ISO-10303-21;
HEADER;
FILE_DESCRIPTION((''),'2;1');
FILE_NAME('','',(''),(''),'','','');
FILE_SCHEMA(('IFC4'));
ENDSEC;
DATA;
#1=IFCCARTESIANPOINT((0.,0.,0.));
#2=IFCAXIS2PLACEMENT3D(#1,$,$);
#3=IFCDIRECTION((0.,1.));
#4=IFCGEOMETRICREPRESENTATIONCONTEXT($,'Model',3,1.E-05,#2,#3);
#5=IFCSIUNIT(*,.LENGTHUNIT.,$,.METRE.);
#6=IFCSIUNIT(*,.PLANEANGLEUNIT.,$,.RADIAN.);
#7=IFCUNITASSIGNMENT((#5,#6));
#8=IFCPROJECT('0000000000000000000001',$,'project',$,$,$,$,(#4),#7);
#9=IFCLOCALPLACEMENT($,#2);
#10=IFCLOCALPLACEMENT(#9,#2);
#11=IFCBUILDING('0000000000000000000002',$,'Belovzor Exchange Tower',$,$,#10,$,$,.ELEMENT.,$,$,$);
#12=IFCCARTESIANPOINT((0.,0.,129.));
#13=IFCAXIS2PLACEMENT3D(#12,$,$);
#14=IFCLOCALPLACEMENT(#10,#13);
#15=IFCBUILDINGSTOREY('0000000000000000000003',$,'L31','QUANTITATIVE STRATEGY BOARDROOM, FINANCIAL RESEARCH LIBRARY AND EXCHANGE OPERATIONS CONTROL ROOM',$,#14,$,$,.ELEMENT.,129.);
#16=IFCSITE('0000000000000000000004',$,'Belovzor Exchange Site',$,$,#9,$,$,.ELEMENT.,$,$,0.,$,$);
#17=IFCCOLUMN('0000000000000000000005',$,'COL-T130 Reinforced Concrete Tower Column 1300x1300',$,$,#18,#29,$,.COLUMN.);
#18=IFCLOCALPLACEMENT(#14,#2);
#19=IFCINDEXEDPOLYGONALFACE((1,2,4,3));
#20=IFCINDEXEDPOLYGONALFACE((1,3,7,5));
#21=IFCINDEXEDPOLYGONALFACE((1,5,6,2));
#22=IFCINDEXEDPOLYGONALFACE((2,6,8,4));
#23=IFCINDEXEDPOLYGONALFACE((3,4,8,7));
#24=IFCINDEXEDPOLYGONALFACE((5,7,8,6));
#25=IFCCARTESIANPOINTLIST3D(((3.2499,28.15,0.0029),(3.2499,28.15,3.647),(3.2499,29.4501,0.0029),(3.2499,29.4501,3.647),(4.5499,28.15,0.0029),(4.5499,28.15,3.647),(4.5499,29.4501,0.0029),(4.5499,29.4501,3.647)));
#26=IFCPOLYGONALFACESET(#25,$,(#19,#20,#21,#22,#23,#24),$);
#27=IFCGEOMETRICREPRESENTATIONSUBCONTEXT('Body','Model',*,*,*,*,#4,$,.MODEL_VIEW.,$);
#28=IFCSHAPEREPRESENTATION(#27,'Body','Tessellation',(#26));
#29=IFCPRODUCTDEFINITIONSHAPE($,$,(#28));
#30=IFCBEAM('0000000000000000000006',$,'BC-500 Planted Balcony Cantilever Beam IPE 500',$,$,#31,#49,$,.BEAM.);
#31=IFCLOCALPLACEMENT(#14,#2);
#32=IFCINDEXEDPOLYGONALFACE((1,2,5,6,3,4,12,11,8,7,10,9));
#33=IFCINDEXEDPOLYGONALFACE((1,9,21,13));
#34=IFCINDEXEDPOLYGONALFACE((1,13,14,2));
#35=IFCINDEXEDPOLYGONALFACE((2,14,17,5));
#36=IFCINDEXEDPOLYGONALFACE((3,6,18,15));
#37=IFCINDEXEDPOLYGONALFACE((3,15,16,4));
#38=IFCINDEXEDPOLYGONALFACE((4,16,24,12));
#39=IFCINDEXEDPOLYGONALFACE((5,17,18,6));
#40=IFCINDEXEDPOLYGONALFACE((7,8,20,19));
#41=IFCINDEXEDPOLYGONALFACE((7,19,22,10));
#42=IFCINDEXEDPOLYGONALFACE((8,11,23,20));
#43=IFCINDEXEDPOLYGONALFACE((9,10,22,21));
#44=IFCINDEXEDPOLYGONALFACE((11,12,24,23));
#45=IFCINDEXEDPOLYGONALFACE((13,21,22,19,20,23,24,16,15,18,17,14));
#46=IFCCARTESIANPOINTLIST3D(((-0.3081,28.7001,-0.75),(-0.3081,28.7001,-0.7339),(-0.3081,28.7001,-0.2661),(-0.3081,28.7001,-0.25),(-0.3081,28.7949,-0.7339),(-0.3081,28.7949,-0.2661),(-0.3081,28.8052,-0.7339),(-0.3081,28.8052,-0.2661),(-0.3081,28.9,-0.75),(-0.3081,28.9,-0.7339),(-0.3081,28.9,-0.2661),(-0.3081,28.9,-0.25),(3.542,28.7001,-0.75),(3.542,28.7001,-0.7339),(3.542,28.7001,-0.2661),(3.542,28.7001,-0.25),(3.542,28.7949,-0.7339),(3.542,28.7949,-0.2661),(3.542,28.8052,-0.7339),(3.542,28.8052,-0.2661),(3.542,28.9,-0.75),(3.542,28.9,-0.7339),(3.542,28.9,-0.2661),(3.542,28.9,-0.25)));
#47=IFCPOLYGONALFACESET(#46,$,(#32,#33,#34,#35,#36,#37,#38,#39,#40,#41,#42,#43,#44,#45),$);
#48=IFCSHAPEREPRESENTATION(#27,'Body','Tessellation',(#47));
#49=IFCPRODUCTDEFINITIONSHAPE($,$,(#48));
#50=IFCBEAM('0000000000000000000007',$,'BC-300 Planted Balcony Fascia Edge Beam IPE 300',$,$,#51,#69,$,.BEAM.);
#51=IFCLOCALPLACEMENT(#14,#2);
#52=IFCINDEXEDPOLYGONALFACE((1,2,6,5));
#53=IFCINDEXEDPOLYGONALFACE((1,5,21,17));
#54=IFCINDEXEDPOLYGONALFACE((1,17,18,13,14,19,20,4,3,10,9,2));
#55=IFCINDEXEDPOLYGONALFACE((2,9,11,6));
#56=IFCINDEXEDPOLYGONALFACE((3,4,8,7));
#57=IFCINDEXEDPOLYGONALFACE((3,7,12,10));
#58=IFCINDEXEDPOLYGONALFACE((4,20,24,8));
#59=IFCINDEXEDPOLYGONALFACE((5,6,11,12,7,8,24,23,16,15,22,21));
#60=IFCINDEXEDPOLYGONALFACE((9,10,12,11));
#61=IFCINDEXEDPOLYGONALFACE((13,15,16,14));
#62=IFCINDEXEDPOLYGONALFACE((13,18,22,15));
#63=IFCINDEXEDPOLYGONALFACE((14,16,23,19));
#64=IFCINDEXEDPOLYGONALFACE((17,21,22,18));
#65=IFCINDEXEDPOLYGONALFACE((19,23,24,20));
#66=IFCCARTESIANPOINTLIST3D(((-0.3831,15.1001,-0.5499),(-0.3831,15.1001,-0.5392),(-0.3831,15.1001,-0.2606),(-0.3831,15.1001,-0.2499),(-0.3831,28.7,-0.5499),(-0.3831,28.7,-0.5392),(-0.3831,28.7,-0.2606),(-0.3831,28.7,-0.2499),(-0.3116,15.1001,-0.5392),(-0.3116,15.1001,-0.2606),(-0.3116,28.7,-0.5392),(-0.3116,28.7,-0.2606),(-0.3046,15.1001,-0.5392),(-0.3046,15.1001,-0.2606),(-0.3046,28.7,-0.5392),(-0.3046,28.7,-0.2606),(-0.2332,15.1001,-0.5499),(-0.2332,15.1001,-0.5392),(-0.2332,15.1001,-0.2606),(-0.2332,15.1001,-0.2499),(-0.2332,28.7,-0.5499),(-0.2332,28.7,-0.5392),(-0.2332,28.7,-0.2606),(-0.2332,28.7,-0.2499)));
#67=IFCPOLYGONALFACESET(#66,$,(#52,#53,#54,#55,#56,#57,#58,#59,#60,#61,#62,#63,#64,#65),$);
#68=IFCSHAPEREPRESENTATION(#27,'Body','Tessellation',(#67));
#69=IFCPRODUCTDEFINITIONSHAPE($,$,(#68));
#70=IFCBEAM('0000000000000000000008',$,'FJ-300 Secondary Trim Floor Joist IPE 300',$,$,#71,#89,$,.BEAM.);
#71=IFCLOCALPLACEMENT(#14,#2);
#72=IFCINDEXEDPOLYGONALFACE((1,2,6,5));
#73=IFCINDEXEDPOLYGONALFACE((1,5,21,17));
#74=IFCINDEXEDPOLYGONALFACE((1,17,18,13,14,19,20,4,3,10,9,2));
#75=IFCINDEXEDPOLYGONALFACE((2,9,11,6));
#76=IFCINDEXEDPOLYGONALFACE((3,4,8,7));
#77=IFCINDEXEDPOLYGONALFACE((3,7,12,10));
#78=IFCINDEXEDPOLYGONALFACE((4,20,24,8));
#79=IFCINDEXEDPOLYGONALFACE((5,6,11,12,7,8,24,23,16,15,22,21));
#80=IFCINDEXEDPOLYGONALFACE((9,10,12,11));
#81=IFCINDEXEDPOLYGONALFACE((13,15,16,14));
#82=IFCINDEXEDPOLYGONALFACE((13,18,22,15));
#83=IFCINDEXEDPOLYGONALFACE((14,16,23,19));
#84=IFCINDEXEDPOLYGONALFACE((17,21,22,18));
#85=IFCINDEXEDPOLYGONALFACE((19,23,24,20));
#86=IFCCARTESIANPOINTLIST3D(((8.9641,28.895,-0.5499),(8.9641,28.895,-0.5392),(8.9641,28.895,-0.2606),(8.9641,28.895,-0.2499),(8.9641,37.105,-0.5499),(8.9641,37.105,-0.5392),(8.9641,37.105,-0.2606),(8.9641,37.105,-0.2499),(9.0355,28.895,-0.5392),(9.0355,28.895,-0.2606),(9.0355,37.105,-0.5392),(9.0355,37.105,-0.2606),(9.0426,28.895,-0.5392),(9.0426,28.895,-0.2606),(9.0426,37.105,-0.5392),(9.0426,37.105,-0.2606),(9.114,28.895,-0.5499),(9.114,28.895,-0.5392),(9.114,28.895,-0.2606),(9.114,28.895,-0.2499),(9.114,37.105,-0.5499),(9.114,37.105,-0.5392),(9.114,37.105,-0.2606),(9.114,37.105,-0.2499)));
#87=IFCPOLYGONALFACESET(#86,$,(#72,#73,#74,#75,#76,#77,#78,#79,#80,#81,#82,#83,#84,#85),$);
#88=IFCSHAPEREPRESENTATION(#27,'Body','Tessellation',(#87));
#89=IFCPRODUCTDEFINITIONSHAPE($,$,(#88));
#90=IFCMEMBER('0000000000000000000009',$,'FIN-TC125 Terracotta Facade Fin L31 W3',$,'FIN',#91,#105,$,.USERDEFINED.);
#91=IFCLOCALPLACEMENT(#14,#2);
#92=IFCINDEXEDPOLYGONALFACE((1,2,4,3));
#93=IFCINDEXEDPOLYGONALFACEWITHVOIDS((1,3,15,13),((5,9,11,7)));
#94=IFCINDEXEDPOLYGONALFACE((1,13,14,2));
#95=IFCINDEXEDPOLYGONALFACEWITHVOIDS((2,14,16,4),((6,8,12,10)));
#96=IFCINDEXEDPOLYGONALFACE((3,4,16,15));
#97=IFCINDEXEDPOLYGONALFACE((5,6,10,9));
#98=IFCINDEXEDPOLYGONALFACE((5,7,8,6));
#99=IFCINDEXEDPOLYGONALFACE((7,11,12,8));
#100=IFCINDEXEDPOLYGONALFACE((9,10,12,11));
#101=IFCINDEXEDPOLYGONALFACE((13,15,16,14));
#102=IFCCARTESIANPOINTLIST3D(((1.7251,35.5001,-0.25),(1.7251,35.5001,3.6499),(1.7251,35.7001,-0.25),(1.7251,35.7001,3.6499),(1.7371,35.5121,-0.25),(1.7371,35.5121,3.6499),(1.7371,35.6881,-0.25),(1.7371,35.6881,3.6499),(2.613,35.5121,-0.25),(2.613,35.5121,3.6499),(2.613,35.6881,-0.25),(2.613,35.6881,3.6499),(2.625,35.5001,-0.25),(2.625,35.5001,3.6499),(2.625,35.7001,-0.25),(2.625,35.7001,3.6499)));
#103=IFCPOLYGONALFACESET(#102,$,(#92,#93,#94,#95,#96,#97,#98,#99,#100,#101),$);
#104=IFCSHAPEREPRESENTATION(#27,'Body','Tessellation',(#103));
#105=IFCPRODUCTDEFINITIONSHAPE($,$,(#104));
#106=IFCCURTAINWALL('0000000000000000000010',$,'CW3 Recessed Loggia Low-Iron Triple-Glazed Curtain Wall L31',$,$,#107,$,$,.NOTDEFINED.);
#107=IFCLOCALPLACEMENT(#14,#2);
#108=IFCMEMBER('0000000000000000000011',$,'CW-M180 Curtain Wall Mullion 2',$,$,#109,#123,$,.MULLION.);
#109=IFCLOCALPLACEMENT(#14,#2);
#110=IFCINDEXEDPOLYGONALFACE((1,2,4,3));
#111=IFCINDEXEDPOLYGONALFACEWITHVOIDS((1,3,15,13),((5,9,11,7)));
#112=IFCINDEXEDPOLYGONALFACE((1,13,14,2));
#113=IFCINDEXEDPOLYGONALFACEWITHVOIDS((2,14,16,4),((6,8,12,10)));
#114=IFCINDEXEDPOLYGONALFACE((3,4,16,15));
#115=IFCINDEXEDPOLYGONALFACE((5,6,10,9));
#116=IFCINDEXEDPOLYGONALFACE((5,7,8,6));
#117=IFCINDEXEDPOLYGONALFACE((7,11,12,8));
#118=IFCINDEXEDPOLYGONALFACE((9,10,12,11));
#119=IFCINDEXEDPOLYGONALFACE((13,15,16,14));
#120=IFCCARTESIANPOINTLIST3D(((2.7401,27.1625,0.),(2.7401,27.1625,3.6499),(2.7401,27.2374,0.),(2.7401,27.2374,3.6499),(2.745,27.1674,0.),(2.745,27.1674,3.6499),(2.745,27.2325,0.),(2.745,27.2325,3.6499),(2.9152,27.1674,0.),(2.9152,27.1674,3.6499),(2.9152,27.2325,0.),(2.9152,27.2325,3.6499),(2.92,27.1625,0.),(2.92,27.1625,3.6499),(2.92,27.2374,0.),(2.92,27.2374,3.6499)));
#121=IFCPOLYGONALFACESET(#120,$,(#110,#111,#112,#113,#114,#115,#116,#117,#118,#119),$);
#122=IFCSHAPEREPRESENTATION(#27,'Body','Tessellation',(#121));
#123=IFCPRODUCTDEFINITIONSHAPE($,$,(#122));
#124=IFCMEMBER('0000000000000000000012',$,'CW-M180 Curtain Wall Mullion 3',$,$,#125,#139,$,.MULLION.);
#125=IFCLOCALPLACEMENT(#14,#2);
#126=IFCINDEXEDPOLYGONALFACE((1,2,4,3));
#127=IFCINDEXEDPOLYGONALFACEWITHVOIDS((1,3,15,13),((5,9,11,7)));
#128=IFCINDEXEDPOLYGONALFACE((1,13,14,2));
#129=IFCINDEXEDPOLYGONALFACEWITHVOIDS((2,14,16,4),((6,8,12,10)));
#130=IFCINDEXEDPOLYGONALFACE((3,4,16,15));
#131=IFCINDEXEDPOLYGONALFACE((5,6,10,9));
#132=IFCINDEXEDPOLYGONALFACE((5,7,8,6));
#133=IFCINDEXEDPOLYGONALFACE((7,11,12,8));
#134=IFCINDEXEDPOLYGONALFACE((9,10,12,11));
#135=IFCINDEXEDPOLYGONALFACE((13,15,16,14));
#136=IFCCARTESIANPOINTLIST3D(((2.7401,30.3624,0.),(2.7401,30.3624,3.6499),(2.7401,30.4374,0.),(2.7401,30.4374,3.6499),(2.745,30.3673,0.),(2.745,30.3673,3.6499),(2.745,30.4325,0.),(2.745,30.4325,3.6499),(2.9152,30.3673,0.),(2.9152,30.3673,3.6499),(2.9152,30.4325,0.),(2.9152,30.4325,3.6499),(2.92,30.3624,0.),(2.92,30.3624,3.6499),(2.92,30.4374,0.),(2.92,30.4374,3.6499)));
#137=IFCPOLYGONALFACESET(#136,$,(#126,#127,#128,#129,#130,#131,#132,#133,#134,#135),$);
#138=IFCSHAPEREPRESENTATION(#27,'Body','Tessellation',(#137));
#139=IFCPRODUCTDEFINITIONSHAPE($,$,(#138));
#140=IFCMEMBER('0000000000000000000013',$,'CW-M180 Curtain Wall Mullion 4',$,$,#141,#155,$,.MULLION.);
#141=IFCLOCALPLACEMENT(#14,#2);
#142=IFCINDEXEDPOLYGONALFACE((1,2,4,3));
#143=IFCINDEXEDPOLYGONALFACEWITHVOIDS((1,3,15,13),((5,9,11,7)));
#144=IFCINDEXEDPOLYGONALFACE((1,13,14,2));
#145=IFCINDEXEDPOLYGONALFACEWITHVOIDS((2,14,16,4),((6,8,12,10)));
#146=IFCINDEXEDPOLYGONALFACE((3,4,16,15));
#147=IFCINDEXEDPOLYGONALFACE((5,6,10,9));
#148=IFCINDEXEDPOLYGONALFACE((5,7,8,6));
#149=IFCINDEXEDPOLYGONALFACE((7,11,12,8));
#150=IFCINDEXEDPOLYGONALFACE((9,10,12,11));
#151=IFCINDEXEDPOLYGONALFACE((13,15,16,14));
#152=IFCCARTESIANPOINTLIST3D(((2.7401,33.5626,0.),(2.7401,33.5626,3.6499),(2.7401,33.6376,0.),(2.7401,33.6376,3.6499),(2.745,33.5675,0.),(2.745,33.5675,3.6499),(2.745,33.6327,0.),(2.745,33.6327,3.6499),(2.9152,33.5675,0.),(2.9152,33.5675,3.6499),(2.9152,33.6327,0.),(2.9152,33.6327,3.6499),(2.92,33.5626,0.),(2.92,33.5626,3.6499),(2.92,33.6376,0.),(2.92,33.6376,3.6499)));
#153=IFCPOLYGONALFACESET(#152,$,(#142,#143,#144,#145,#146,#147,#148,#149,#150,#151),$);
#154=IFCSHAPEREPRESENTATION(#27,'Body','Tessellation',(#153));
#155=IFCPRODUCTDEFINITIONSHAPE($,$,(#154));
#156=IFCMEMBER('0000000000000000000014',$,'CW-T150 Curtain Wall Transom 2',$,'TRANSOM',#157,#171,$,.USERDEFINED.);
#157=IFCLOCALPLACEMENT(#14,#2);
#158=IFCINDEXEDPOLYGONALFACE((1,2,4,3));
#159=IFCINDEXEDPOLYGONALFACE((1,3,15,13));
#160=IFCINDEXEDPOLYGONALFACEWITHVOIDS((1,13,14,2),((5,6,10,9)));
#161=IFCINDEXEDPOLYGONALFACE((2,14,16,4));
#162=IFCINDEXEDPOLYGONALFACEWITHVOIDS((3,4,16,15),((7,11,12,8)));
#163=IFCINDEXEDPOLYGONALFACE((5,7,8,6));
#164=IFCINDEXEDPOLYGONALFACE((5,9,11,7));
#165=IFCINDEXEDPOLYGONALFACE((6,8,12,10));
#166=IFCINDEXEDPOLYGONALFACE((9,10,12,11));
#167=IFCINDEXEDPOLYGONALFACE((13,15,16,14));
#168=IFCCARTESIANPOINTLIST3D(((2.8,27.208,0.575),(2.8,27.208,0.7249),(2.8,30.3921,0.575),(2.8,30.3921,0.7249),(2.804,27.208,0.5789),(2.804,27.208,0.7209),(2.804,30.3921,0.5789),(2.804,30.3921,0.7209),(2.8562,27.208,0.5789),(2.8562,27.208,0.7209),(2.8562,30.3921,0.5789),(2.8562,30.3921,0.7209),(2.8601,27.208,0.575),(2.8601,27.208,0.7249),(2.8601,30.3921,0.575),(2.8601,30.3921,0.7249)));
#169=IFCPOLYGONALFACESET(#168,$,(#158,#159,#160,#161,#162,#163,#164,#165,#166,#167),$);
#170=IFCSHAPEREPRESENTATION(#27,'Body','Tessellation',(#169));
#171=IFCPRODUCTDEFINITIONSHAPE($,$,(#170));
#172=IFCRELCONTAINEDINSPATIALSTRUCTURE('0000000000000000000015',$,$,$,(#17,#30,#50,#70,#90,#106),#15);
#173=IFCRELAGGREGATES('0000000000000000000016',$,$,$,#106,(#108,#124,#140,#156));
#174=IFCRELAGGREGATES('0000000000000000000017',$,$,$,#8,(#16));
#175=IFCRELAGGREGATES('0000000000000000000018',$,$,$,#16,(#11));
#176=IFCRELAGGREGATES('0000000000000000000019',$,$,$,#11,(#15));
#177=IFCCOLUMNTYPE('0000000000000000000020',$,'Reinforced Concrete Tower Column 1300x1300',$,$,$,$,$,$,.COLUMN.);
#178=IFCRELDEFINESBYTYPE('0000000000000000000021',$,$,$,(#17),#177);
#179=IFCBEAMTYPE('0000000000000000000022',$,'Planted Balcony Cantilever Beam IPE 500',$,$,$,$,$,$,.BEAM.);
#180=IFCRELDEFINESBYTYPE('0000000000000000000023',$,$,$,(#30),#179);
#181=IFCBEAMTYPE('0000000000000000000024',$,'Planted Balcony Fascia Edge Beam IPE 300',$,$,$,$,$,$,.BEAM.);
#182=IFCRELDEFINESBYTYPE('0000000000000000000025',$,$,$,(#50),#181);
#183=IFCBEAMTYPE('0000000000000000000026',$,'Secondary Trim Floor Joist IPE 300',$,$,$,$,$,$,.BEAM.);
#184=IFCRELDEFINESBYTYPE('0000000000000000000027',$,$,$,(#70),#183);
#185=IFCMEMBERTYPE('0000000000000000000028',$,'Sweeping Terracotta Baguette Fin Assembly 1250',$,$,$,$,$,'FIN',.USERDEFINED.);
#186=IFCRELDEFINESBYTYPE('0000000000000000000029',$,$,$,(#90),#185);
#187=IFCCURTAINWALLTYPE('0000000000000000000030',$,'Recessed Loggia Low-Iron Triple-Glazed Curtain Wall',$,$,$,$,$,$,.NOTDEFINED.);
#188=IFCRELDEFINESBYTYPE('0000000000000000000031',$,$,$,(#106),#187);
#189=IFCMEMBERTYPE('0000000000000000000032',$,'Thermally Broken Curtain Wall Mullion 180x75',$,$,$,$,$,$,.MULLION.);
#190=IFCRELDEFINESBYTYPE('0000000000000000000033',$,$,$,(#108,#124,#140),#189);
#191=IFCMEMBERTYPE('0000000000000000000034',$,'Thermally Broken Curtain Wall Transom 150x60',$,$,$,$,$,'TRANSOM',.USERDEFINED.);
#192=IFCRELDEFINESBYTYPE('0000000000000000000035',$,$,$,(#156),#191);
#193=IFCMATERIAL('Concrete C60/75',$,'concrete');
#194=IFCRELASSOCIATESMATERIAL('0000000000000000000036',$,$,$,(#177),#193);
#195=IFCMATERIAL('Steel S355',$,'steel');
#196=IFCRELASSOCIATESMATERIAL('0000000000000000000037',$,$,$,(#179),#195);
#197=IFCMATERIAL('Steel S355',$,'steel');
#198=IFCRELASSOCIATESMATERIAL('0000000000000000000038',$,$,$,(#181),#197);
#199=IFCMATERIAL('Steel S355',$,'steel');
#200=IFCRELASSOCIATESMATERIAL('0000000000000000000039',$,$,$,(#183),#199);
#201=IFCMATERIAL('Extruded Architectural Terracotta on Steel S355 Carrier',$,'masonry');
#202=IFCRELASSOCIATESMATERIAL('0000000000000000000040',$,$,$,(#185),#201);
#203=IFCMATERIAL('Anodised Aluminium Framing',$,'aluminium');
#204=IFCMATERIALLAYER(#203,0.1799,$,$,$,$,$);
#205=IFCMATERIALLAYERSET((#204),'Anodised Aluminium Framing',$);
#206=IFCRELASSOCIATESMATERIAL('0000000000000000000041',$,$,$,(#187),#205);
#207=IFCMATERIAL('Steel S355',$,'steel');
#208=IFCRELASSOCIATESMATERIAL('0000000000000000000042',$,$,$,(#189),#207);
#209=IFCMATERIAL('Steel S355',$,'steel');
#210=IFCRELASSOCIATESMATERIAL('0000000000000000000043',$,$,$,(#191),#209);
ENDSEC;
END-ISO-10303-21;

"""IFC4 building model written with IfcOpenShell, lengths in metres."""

from ifc_helpers import new_model, si_unit, direction, frame, origin, origin_2d, place, context, subcontext, project, spatial, rectangle, hollow_rectangle, i_section, extrude, material, layer, layer_set, material_profile, profile_set, type_object, element, aggregate, save


model = new_model("IFC4")

# Units and contexts
model_context = context("Model", 3, precision=1e-05, world=origin(), true_north=direction((0.0, 1.0)))
body_context = subcontext(model_context, "Body", "Model", "MODEL_VIEW")
ifc_project = project(units=[si_unit("LENGTHUNIT", "METRE"), si_unit("PLANEANGLEUNIT", "RADIAN")], contexts=[model_context])

# Site, building, storey
site_placement = place(None, origin())
site = spatial("IfcSite", under=ifc_project, at=site_placement, Name="Belovzor Exchange Site", CompositionType="ELEMENT", RefElevation=0.0)
building_placement = place(site_placement, origin())
building = spatial("IfcBuilding", under=site, at=building_placement, Name="Belovzor Exchange Tower", CompositionType="ELEMENT")
storey_placement = place(building_placement, frame((0.0, 0.0, 129.0)))
storey = spatial("IfcBuildingStorey", under=building, at=storey_placement, Name="L31", Description="QUANTITATIVE STRATEGY BOARDROOM, FINANCIAL RESEARCH LIBRARY AND EXCHANGE OPERATIONS CONTROL ROOM", CompositionType="ELEMENT", Elevation=129.0)

# Column
ifc_material_1 = material(Name="Concrete C60/75", Category="concrete")
ifc_material_profile_1 = material_profile(ifc_material_1, rectangle(XDim=1.3, YDim=1.3, at=origin_2d()))
ifc_profile_set_1 = profile_set([ifc_material_profile_1], Name="Concrete C60/75")
column_type = type_object("IfcColumnType", Name="Reinforced Concrete Tower Column 1300x1300", PredefinedType="COLUMN", material=ifc_profile_set_1)
column_placement = place(storey_placement, frame((3.8999, 28.8, 0.0029), z_axis=(0.0, 0.0, 1.0), x_axis=(1.0, 0.0, 0.0)))
element("IfcColumn", 1, at=column_placement, inside=storey, type_object=column_type, Name="COL-T130 Reinforced Concrete Tower Column 1300x1300", PredefinedType="COLUMN", context=body_context, shape_type="SweptSolid", body=[
    extrude(rectangle(XDim=1.3, YDim=1.3, at=origin_2d()), origin(), (0.0, 0.0, 1.0), 3.644),
])

# Beams
ifc_material_2 = material(Name="Steel S355", Category="steel")
ifc_material_profile_2 = material_profile(ifc_material_2, i_section(OverallWidth=0.2, OverallDepth=0.5, WebThickness=0.0103, FlangeThickness=0.0161, at=origin_2d()))
ifc_profile_set_2 = profile_set([ifc_material_profile_2], Name="Steel S355")
beam_type_1 = type_object("IfcBeamType", Name="Planted Balcony Cantilever Beam IPE 500", PredefinedType="BEAM", material=ifc_profile_set_2)
beam_1_placement = place(storey_placement, frame((3.542, 28.8, -0.5), z_axis=(-1.0, 0.0, 0.0), x_axis=(0.0, -1.0, 0.0)))
element("IfcBeam", 2, at=beam_1_placement, inside=storey, type_object=beam_type_1, Name="BC-500 Planted Balcony Cantilever Beam IPE 500", PredefinedType="BEAM", context=body_context, shape_type="SweptSolid", body=[
    extrude(i_section(OverallWidth=0.2, OverallDepth=0.5, WebThickness=0.0103, FlangeThickness=0.0161, at=origin_2d()), origin(), (0.0, 0.0, 1.0), 3.8501),
])
ifc_material_3 = material(Name="Steel S355", Category="steel")
ifc_material_profile_3 = material_profile(ifc_material_3, i_section(OverallWidth=0.1499, OverallDepth=0.3, WebThickness=0.0071, FlangeThickness=0.0107, at=origin_2d()))
ifc_profile_set_3 = profile_set([ifc_material_profile_3], Name="Steel S355")
beam_type_2 = type_object("IfcBeamType", Name="Planted Balcony Fascia Edge Beam IPE 300", PredefinedType="BEAM", material=ifc_profile_set_3)
beam_2_placement = place(storey_placement, frame((-0.3081, 28.7, -0.3999), z_axis=(0.0, -1.0, 0.0), x_axis=(1.0, 0.0, 0.0)))
element("IfcBeam", 3, at=beam_2_placement, inside=storey, type_object=beam_type_2, Name="BC-300 Planted Balcony Fascia Edge Beam IPE 300", PredefinedType="BEAM", context=body_context, shape_type="SweptSolid", body=[
    extrude(i_section(OverallWidth=0.1499, OverallDepth=0.3, WebThickness=0.0071, FlangeThickness=0.0107, at=origin_2d()), origin(), (0.0, 0.0, 1.0), 13.5999),
])
ifc_material_4 = material(Name="Steel S355", Category="steel")
ifc_material_profile_4 = material_profile(ifc_material_4, i_section(OverallWidth=0.1499, OverallDepth=0.3, WebThickness=0.0071, FlangeThickness=0.0107, at=origin_2d()))
ifc_profile_set_4 = profile_set([ifc_material_profile_4], Name="Steel S355")
beam_type_3 = type_object("IfcBeamType", Name="Secondary Trim Floor Joist IPE 300", PredefinedType="BEAM", material=ifc_profile_set_4)
beam_3_placement = place(storey_placement, frame((9.0391, 28.895, -0.3999), z_axis=(0.0, 1.0, 0.0), x_axis=(-1.0, 0.0, 0.0)))
element("IfcBeam", 4, at=beam_3_placement, inside=storey, type_object=beam_type_3, Name="FJ-300 Secondary Trim Floor Joist IPE 300", PredefinedType="BEAM", context=body_context, shape_type="SweptSolid", body=[
    extrude(i_section(OverallWidth=0.1499, OverallDepth=0.3, WebThickness=0.0071, FlangeThickness=0.0107, at=origin_2d()), origin(), (0.0, 0.0, 1.0), 8.21),
])

# Member
ifc_material_5 = material(Name="Extruded Architectural Terracotta on Steel S355 Carrier", Category="masonry")
ifc_material_profile_5 = material_profile(ifc_material_5, hollow_rectangle(XDim=0.2, YDim=0.8999, WallThickness=0.012, at=origin_2d()))
ifc_profile_set_5 = profile_set([ifc_material_profile_5], Name="Extruded Architectural Terracotta on Steel S355 Carrier")
member_type_1 = type_object("IfcMemberType", Name="Sweeping Terracotta Baguette Fin Assembly 1250", ElementType="FIN", PredefinedType="USERDEFINED", material=ifc_profile_set_5)
member_1_placement = place(storey_placement, frame((2.175, 35.6001, -0.25), z_axis=(0.0, 0.0, 1.0), x_axis=(0.0, 1.0, 0.0)))
element("IfcMember", 5, at=member_1_placement, inside=storey, type_object=member_type_1, Name="FIN-TC125 Terracotta Facade Fin L31 W3", ObjectType="FIN", PredefinedType="USERDEFINED", context=body_context, shape_type="SweptSolid", body=[
    extrude(hollow_rectangle(XDim=0.2, YDim=0.8999, WallThickness=0.012, at=origin_2d()), origin(), (0.0, 0.0, 1.0), 3.8999),
])

# Curtain wall, members
ifc_material_6 = material(Name="Anodised Aluminium Framing", Category="aluminium")
ifc_layer_1 = layer(ifc_material_6, 0.1799)
ifc_layer_set_1 = layer_set([ifc_layer_1], Name="Anodised Aluminium Framing")
curtain_wall_type = type_object("IfcCurtainWallType", Name="Recessed Loggia Low-Iron Triple-Glazed Curtain Wall", PredefinedType="NOTDEFINED", material=ifc_layer_set_1)
curtain_wall_placement = place(storey_placement, origin())
curtain_wall = element("IfcCurtainWall", 6, at=curtain_wall_placement, inside=storey, type_object=curtain_wall_type, Name="CW3 Recessed Loggia Low-Iron Triple-Glazed Curtain Wall L31", PredefinedType="NOTDEFINED")
ifc_material_7 = material(Name="Steel S355", Category="steel")
ifc_material_profile_6 = material_profile(ifc_material_7, hollow_rectangle(XDim=0.075, YDim=0.1799, WallThickness=0.0049, at=origin_2d()))
ifc_profile_set_6 = profile_set([ifc_material_profile_6], Name="Steel S355")
member_type_2 = type_object("IfcMemberType", Name="Thermally Broken Curtain Wall Mullion 180x75", PredefinedType="MULLION", material=ifc_profile_set_6)
member_2_placement = place(storey_placement, frame((2.8301, 27.2, 0.0), z_axis=(0.0, 0.0, 1.0), x_axis=(0.0, 1.0, 0.0)))
member_2 = element("IfcMember", 7, at=member_2_placement, type_object=member_type_2, Name="CW-M180 Curtain Wall Mullion 2", PredefinedType="MULLION", context=body_context, shape_type="SweptSolid", body=[
    extrude(hollow_rectangle(XDim=0.075, YDim=0.1799, WallThickness=0.0049, at=origin_2d()), origin(), (0.0, 0.0, 1.0), 3.6499),
])
member_3_placement = place(storey_placement, frame((2.8301, 30.3999, 0.0), z_axis=(0.0, 0.0, 1.0), x_axis=(0.0, 1.0, 0.0)))
member_3 = element("IfcMember", 8, at=member_3_placement, type_object=member_type_2, Name="CW-M180 Curtain Wall Mullion 3", PredefinedType="MULLION", context=body_context, shape_type="SweptSolid", body=[
    extrude(hollow_rectangle(XDim=0.075, YDim=0.1799, WallThickness=0.0049, at=origin_2d()), origin(), (0.0, 0.0, 1.0), 3.6499),
])
member_4_placement = place(storey_placement, frame((2.8301, 33.6001, 0.0), z_axis=(0.0, 0.0, 1.0), x_axis=(0.0, 1.0, 0.0)))
member_4 = element("IfcMember", 9, at=member_4_placement, type_object=member_type_2, Name="CW-M180 Curtain Wall Mullion 4", PredefinedType="MULLION", context=body_context, shape_type="SweptSolid", body=[
    extrude(hollow_rectangle(XDim=0.075, YDim=0.1799, WallThickness=0.0049, at=origin_2d()), origin(), (0.0, 0.0, 1.0), 3.6499),
])
ifc_material_8 = material(Name="Steel S355", Category="steel")
ifc_material_profile_7 = material_profile(ifc_material_8, hollow_rectangle(XDim=0.0601, YDim=0.1499, WallThickness=0.0039, at=origin_2d()))
ifc_profile_set_7 = profile_set([ifc_material_profile_7], Name="Steel S355")
member_type_3 = type_object("IfcMemberType", Name="Thermally Broken Curtain Wall Transom 150x60", ElementType="TRANSOM", PredefinedType="USERDEFINED", material=ifc_profile_set_7)
member_5_placement = place(storey_placement, frame((2.8301, 27.208, 0.6499), z_axis=(0.0, 1.0, 0.0), x_axis=(-1.0, 0.0, 0.0)))
member_5 = element("IfcMember", 10, at=member_5_placement, type_object=member_type_3, Name="CW-T150 Curtain Wall Transom 2", ObjectType="TRANSOM", PredefinedType="USERDEFINED", context=body_context, shape_type="SweptSolid", body=[
    extrude(hollow_rectangle(XDim=0.0601, YDim=0.1499, WallThickness=0.0039, at=origin_2d()), origin(), (0.0, 0.0, 1.0), 3.1841),
])

aggregate(curtain_wall, [member_2, member_3, member_4, member_5])

save(model, "model.ifc")
